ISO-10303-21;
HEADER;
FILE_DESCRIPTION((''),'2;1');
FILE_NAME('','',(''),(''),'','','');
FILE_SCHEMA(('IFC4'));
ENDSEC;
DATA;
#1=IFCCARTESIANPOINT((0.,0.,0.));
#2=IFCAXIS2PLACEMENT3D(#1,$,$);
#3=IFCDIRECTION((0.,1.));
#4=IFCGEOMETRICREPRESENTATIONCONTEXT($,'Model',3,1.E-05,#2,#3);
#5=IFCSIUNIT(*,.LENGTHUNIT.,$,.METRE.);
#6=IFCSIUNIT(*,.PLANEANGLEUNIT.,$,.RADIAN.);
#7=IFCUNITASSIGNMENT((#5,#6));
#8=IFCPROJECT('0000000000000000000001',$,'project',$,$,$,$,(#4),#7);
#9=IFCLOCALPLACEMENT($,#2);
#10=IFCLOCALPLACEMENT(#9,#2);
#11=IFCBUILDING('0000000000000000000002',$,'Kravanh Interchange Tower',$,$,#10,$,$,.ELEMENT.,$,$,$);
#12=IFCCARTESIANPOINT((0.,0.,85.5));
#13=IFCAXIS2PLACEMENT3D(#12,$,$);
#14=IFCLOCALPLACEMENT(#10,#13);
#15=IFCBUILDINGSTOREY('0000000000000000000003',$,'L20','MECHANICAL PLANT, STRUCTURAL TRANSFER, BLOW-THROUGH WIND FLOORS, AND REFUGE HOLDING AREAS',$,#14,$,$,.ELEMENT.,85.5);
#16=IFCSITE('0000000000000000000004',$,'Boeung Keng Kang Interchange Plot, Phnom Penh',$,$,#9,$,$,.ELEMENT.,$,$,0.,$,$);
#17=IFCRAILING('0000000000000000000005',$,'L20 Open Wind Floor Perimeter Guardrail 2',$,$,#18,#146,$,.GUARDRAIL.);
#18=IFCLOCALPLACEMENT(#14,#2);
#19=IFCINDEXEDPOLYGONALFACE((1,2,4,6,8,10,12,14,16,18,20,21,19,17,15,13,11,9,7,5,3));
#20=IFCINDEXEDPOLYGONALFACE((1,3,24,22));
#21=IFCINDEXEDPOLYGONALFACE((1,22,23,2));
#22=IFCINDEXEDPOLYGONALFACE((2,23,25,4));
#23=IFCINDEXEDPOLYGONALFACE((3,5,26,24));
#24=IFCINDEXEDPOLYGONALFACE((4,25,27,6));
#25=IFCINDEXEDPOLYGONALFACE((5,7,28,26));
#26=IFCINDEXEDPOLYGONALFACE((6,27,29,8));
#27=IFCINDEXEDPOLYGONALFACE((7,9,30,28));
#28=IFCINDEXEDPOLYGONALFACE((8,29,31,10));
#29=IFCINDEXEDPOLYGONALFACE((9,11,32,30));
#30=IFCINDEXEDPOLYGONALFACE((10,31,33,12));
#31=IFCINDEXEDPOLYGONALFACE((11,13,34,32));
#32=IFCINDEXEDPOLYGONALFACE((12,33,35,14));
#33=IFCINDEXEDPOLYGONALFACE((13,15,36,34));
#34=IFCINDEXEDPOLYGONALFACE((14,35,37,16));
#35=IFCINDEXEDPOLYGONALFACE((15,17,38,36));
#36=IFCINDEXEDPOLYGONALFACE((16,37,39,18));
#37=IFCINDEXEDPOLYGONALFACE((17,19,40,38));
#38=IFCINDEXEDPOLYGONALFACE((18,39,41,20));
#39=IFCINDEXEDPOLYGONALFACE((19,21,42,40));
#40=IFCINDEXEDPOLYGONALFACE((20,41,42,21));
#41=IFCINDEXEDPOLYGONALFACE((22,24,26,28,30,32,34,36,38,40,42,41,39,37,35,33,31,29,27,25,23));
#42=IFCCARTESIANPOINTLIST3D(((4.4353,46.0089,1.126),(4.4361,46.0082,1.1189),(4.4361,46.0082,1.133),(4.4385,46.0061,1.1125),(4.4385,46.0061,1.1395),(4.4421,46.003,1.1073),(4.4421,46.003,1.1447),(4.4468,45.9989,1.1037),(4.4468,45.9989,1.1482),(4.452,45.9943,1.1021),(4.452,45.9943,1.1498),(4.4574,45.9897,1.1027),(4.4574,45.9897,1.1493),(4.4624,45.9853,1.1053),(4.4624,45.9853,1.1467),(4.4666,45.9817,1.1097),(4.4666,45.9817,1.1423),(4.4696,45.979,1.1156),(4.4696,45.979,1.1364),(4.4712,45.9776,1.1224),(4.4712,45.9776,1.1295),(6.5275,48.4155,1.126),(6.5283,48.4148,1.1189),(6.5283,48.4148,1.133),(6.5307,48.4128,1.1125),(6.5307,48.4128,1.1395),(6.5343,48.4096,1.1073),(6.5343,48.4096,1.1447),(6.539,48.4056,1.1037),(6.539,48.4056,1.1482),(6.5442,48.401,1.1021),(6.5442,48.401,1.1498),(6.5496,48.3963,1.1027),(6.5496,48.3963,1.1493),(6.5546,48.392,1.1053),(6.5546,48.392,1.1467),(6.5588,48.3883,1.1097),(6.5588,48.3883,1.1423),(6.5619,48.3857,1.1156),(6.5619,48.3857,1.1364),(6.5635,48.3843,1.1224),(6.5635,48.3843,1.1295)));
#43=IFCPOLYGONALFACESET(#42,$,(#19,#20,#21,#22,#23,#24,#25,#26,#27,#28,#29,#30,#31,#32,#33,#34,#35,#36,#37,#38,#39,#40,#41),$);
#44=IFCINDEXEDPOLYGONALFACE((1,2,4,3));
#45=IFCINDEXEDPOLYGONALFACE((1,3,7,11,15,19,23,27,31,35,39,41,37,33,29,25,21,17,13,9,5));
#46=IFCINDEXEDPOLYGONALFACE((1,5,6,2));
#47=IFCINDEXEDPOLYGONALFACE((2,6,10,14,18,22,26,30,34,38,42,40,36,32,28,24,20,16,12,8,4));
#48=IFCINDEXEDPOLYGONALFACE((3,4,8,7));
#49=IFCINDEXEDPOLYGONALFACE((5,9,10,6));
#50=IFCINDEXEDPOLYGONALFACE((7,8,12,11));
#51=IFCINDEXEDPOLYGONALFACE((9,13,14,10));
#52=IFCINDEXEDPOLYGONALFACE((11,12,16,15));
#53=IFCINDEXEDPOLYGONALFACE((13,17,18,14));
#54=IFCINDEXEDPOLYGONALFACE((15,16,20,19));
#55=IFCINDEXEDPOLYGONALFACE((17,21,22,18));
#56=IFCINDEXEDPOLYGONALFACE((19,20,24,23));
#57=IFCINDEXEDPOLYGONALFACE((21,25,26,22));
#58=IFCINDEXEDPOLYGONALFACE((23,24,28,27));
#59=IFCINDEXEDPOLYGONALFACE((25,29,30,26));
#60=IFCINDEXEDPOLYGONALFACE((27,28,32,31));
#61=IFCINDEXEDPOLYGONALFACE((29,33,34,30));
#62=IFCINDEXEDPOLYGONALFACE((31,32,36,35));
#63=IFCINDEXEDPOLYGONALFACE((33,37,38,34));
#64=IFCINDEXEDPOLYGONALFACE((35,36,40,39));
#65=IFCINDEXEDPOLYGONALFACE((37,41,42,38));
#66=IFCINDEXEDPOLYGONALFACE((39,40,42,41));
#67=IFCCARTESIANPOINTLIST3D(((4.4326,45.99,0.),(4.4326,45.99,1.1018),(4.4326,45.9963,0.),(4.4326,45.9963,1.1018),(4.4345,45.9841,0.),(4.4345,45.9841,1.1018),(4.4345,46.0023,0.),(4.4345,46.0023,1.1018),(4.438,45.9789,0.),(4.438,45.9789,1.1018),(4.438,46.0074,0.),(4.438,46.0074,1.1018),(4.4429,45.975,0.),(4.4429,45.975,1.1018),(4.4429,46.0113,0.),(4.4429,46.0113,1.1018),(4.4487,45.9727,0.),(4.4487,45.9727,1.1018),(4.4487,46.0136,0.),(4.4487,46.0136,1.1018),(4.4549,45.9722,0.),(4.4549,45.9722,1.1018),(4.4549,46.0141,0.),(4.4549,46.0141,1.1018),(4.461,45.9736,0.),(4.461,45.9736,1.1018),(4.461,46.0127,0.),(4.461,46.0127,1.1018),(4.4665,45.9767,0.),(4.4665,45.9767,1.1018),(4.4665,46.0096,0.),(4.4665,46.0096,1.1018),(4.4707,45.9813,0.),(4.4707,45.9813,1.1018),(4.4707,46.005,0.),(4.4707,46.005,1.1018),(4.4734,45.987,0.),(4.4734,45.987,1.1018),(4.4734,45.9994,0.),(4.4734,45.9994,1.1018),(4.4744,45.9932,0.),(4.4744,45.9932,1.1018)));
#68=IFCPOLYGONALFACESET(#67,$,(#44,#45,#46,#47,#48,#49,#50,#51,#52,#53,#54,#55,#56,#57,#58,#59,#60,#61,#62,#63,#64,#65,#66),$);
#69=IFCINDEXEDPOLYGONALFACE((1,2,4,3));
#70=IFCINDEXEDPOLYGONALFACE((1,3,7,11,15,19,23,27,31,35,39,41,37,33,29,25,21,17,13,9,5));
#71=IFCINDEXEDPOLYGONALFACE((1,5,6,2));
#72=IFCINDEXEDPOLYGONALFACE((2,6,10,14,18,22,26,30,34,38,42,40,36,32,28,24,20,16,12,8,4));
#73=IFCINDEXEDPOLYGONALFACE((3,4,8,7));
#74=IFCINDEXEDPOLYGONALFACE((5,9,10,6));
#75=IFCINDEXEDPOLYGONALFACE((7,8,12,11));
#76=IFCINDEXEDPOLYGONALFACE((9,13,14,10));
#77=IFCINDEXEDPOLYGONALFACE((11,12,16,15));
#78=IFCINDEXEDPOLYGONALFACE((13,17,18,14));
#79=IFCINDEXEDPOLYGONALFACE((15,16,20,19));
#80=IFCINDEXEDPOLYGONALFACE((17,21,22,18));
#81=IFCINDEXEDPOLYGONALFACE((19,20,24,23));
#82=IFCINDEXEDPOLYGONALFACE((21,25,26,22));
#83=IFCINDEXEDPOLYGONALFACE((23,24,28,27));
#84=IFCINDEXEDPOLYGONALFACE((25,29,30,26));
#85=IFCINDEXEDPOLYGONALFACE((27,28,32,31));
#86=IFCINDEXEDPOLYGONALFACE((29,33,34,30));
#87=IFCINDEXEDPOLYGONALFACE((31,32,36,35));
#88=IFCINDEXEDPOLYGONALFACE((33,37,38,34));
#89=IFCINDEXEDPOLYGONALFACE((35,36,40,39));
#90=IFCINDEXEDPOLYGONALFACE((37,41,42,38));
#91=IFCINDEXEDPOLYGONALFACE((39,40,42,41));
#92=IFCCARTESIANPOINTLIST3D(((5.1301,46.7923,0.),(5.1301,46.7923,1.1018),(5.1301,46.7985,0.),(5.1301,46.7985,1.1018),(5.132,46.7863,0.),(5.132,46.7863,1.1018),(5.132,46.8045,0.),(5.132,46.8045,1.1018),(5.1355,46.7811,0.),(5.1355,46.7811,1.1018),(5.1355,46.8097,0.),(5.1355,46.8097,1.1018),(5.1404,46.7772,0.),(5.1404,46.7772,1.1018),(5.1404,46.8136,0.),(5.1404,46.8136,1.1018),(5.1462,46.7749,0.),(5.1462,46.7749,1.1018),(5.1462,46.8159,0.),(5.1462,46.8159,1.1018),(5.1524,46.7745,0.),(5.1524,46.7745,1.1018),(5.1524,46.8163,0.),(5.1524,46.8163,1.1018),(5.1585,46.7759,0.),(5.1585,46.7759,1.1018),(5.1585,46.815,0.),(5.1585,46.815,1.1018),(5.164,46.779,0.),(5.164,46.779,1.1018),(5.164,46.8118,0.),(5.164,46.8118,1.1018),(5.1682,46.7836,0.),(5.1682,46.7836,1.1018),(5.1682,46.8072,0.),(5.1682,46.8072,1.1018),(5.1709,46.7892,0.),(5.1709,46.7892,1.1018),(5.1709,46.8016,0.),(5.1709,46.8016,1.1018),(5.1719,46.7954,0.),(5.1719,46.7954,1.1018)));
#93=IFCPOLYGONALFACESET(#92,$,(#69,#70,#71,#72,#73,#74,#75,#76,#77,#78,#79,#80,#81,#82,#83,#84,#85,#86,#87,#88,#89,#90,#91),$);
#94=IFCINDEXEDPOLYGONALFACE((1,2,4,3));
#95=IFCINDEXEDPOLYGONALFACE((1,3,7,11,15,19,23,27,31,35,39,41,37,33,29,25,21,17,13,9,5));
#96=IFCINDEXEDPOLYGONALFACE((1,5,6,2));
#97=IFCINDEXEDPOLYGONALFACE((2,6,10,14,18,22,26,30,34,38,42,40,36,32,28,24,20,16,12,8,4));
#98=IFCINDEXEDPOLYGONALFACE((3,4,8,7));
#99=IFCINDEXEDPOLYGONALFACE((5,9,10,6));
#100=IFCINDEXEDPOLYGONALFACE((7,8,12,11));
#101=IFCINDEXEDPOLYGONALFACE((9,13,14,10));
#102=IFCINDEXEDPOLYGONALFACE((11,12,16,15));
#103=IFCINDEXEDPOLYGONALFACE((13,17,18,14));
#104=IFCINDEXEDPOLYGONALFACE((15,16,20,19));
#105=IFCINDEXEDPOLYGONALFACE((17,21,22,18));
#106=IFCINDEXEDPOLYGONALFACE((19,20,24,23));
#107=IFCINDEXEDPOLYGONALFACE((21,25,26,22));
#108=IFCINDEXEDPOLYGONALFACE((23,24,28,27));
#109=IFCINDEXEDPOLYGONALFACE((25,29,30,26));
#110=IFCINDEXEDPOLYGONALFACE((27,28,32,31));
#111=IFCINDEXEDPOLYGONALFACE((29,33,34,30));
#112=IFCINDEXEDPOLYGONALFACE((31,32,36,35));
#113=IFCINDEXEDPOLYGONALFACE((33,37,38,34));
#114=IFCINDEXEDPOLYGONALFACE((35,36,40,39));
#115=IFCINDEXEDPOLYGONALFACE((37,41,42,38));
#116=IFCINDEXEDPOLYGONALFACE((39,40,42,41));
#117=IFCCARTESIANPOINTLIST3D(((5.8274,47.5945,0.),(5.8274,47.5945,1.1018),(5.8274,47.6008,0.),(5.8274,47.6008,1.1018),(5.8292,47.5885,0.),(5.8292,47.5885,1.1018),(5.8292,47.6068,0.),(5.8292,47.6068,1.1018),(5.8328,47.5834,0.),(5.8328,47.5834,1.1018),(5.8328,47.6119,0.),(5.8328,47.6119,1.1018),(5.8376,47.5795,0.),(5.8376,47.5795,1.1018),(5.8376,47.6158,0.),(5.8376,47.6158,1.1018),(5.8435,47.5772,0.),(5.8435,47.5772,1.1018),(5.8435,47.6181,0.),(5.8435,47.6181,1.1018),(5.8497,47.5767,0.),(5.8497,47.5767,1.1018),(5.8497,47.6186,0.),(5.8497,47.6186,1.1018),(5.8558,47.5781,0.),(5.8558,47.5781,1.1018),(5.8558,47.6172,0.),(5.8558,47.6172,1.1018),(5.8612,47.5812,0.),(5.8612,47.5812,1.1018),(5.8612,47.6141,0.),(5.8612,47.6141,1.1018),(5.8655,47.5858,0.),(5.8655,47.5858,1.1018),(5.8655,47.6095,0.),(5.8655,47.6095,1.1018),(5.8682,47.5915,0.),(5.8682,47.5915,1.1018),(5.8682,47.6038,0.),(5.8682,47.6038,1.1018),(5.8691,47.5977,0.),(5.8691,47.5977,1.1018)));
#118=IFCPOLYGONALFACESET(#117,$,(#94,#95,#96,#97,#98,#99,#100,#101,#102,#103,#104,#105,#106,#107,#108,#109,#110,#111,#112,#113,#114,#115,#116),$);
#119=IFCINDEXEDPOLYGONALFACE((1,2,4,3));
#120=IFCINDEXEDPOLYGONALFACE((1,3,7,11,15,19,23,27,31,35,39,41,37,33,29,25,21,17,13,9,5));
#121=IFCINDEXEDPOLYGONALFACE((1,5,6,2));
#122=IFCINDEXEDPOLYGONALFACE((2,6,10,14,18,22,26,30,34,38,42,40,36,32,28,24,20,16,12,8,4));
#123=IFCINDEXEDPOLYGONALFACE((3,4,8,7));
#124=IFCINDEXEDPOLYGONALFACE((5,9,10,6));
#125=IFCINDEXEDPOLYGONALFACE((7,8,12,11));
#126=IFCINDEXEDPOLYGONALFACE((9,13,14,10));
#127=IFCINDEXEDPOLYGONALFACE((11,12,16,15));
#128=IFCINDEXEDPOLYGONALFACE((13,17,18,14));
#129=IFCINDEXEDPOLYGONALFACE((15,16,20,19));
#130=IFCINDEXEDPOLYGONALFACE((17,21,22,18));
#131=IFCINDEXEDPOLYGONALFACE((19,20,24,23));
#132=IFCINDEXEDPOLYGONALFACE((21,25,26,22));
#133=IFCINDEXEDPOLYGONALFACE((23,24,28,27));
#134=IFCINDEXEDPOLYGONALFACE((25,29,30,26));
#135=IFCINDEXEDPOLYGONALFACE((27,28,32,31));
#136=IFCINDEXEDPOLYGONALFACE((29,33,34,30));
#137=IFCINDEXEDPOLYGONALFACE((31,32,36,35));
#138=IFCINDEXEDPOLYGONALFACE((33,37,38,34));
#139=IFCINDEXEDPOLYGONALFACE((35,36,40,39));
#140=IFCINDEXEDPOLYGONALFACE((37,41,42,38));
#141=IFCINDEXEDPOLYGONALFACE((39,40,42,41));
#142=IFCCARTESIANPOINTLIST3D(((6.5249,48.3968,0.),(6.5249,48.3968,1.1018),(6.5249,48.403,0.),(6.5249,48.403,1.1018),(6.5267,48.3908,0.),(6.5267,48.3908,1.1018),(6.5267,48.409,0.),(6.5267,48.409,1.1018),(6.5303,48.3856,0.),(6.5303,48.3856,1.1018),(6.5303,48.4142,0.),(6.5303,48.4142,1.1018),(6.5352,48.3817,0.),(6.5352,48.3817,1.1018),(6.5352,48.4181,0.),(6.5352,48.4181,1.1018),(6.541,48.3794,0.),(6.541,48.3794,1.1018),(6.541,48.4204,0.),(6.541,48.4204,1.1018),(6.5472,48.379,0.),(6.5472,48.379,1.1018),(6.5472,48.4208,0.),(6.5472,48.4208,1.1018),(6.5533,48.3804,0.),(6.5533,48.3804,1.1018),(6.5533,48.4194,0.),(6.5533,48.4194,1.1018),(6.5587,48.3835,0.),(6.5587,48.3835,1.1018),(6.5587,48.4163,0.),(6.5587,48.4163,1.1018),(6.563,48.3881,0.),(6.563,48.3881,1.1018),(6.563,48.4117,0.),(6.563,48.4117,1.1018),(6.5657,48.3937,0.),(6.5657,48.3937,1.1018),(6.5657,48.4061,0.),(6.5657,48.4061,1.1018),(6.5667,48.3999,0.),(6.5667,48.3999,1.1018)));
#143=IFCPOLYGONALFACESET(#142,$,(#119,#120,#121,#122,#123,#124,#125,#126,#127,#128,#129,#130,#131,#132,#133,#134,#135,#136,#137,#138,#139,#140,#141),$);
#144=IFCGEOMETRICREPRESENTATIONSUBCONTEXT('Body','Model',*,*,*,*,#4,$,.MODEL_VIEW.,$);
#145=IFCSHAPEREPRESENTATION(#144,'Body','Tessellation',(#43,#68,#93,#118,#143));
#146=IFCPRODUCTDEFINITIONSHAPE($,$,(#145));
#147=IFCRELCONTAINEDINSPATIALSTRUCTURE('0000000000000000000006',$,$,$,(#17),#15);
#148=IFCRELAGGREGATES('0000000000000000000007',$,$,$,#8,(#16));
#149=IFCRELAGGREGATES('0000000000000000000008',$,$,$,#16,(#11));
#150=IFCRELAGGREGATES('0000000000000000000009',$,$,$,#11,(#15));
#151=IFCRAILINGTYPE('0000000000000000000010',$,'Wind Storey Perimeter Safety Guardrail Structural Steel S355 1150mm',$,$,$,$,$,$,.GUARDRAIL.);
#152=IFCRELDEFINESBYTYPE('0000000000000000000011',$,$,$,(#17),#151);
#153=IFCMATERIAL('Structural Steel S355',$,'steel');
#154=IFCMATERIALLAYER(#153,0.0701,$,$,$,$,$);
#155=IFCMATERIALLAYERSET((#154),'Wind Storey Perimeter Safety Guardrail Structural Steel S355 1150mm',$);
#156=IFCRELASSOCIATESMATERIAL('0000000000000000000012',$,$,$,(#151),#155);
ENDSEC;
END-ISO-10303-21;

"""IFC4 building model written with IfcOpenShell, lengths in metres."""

from ifc_helpers import new_model, si_unit, direction, frame, origin, origin_2d, place, context, subcontext, project, spatial, circle, extrude, material, layer, layer_set, type_object, element, save


model = new_model("IFC4")

# Units and contexts
model_context = context("Model", 3, precision=1e-05, world=origin(), true_north=direction((0.0, 1.0)))
body_context = subcontext(model_context, "Body", "Model", "MODEL_VIEW")
ifc_project = project(units=[si_unit("LENGTHUNIT", "METRE"), si_unit("PLANEANGLEUNIT", "RADIAN")], contexts=[model_context])

# Site, building, storey
site_placement = place(None, origin())
site = spatial("IfcSite", under=ifc_project, at=site_placement, Name="Boeung Keng Kang Interchange Plot, Phnom Penh", CompositionType="ELEMENT", RefElevation=0.0)
building_placement = place(site_placement, origin())
building = spatial("IfcBuilding", under=site, at=building_placement, Name="Kravanh Interchange Tower", CompositionType="ELEMENT")
storey_placement = place(building_placement, frame((0.0, 0.0, 85.5)))
storey = spatial("IfcBuildingStorey", under=building, at=storey_placement, Name="L20", Description="MECHANICAL PLANT, STRUCTURAL TRANSFER, BLOW-THROUGH WIND FLOORS, AND REFUGE HOLDING AREAS", CompositionType="ELEMENT", Elevation=85.5)

# Railing
ifc_material_1 = material(Name="Structural Steel S355", Category="steel")
ifc_layer_1 = layer(ifc_material_1, 0.0701)
ifc_layer_set_1 = layer_set([ifc_layer_1], Name="Wind Storey Perimeter Safety Guardrail Structural Steel S355 1150mm")
railing_type_1 = type_object("IfcRailingType", Name="Wind Storey Perimeter Safety Guardrail Structural Steel S355 1150mm", PredefinedType="GUARDRAIL", material=ifc_layer_set_1)
railing_1_placement = place(storey_placement, frame((4.4534, 45.9932, 0.0)))
element("IfcRailing", 1, at=railing_1_placement, inside=storey, type_object=railing_type_1, Name="L20 Open Wind Floor Perimeter Guardrail 2", PredefinedType="GUARDRAIL", context=body_context, shape_type="SweptSolid", body=[
    extrude(circle(Radius=0.0239, at=origin_2d()), frame((0.0, 0.0, 1.126), z_axis=(0.656084, 0.754688, 0.0), x_axis=(-0.754688, 0.656084, 0.0)), (0.0, 0.0, 1.0), 3.189),
    extrude(circle(Radius=0.021, at=origin_2d()), origin(), (0.0, 0.0, 1.0), 1.1018),
    extrude(circle(Radius=0.021, at=origin_2d()), frame((0.6975, 0.8022, 0.0)), (0.0, 0.0, 1.0), 1.1018),
    extrude(circle(Radius=0.021, at=origin_2d()), frame((1.3948, 1.6045, 0.0)), (0.0, 0.0, 1.0), 1.1018),
    extrude(circle(Radius=0.021, at=origin_2d()), frame((2.0923, 2.4067, 0.0)), (0.0, 0.0, 1.0), 1.1018),
])

save(model, "model.ifc")
